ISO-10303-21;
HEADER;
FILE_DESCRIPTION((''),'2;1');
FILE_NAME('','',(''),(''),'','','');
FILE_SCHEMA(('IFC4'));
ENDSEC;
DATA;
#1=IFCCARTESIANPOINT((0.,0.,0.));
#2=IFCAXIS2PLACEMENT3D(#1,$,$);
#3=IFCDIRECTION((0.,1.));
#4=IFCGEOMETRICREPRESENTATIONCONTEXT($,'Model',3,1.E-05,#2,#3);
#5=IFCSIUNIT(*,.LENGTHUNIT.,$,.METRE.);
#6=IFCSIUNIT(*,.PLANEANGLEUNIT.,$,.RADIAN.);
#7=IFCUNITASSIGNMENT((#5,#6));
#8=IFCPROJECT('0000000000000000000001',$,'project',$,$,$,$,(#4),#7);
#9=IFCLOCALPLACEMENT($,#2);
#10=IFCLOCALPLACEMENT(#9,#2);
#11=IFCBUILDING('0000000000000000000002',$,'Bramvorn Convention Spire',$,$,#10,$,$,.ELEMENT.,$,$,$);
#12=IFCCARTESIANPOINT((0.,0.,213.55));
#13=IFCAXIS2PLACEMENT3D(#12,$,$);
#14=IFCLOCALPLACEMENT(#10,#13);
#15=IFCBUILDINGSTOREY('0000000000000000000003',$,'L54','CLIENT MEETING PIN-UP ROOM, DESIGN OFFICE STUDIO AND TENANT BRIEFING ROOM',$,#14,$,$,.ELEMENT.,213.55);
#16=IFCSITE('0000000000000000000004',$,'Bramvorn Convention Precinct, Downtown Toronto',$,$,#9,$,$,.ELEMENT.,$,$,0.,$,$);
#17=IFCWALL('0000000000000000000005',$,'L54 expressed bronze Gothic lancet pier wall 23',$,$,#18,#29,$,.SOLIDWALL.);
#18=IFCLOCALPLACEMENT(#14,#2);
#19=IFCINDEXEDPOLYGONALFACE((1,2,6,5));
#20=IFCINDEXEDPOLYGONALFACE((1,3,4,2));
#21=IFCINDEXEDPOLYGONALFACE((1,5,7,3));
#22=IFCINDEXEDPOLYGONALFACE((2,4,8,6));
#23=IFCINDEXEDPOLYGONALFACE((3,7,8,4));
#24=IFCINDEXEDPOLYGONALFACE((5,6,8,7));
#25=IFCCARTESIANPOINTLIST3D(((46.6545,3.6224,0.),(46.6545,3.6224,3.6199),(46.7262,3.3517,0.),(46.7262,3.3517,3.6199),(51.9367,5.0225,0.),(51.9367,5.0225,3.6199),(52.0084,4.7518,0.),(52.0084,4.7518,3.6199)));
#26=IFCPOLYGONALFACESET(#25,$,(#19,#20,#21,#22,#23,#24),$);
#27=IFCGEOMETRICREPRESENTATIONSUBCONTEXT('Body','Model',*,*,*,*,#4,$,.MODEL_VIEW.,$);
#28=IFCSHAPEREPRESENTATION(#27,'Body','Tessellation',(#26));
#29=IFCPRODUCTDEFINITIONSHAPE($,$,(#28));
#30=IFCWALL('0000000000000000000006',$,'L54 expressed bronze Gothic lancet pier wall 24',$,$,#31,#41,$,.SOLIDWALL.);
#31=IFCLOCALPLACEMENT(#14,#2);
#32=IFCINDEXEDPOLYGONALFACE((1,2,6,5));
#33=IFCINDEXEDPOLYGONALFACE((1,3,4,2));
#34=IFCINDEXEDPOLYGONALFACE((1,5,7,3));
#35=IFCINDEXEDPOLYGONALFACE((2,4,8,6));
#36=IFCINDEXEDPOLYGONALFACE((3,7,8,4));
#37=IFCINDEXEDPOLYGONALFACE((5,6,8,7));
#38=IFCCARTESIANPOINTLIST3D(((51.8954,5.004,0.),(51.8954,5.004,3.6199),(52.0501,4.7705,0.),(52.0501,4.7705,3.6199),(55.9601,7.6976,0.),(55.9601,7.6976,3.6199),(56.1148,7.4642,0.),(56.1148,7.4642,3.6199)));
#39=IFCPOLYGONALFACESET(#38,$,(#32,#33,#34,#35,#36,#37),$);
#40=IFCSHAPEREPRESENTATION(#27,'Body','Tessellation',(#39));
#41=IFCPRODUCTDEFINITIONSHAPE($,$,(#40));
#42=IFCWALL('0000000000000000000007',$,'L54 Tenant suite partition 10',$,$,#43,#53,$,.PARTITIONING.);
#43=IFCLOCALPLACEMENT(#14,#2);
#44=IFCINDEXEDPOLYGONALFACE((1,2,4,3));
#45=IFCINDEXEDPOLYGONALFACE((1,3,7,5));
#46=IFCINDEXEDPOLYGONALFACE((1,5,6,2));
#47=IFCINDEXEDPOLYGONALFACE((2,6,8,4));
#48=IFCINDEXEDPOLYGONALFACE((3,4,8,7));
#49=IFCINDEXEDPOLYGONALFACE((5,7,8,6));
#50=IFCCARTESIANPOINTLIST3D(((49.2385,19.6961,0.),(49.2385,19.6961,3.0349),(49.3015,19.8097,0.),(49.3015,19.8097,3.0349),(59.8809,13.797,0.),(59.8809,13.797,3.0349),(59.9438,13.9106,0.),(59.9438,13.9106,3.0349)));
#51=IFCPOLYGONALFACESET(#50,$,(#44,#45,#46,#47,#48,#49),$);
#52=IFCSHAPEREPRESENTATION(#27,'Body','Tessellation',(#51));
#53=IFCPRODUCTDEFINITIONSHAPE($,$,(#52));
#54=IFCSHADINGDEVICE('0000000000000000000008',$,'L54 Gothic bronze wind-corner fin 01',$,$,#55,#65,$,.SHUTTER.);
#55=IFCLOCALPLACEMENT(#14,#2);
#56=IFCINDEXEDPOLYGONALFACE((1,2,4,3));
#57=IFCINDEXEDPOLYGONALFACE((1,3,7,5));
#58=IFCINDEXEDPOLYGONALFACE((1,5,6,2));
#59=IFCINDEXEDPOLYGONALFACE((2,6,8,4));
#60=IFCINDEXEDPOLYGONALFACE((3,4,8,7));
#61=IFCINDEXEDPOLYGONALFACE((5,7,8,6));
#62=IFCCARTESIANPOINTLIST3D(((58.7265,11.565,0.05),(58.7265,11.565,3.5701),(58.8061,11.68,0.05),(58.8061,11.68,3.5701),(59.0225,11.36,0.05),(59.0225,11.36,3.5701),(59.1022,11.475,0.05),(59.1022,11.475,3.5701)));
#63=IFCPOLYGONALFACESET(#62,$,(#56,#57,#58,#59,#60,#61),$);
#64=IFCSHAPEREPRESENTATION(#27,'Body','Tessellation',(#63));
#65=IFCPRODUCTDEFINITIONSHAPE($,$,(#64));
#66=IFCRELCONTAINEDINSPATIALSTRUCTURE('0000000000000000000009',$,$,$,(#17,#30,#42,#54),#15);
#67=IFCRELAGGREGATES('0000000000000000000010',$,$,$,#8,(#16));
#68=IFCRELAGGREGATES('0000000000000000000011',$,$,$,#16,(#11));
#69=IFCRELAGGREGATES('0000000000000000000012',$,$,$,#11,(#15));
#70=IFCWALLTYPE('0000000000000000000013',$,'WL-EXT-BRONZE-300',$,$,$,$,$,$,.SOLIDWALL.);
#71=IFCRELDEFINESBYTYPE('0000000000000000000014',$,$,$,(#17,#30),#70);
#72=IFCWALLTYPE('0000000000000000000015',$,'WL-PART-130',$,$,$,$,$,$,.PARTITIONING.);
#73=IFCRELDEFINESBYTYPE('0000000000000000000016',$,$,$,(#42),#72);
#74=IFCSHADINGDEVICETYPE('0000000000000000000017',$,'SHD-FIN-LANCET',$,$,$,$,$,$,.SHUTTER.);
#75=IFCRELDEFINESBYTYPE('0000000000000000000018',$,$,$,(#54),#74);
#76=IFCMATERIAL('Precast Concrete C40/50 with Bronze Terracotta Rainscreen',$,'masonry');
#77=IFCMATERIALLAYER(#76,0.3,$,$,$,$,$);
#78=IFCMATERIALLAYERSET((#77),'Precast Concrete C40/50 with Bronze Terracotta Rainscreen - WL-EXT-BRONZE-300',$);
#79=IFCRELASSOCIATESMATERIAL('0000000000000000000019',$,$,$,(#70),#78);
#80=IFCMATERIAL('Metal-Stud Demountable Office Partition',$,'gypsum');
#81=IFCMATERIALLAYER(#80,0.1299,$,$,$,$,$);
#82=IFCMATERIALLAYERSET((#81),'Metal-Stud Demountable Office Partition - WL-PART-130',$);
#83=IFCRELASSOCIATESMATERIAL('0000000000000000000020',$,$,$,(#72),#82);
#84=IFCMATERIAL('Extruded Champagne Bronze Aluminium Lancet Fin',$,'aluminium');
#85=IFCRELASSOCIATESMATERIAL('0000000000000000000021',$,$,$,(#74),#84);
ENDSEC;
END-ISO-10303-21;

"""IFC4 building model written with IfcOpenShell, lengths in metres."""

from ifc_helpers import new_model, si_unit, direction, frame, frame_2d, origin, origin_2d, place, context, subcontext, project, spatial, rectangle, extrude, material, layer, layer_set, type_object, element, save


model = new_model("IFC4")

# Units and contexts
model_context = context("Model", 3, precision=1e-05, world=origin(), true_north=direction((0.0, 1.0)))
body_context = subcontext(model_context, "Body", "Model", "MODEL_VIEW")
ifc_project = project(units=[si_unit("LENGTHUNIT", "METRE"), si_unit("PLANEANGLEUNIT", "RADIAN")], contexts=[model_context])

# Site, building, storey
site_placement = place(None, origin())
site = spatial("IfcSite", under=ifc_project, at=site_placement, Name="Bramvorn Convention Precinct, Downtown Toronto", CompositionType="ELEMENT", RefElevation=0.0)
building_placement = place(site_placement, origin())
building = spatial("IfcBuilding", under=site, at=building_placement, Name="Bramvorn Convention Spire", CompositionType="ELEMENT")
storey_placement = place(building_placement, frame((0.0, 0.0, 213.55)))
storey = spatial("IfcBuildingStorey", under=building, at=storey_placement, Name="L54", Description="CLIENT MEETING PIN-UP ROOM, DESIGN OFFICE STUDIO AND TENANT BRIEFING ROOM", CompositionType="ELEMENT", Elevation=213.55)

# Walls
ifc_material_1 = material(Name="Precast Concrete C40/50 with Bronze Terracotta Rainscreen", Category="masonry")
ifc_layer_1 = layer(ifc_material_1, 0.3)
ifc_layer_set_1 = layer_set([ifc_layer_1], Name="Precast Concrete C40/50 with Bronze Terracotta Rainscreen - WL-EXT-BRONZE-300")
wall_type_1 = type_object("IfcWallType", Name="WL-EXT-BRONZE-300", PredefinedType="SOLIDWALL", material=ifc_layer_set_1)
wall_1_placement = place(storey_placement, frame((51.9727, 4.8872, 0.0), z_axis=(0.0, 0.0, 1.0), x_axis=(-0.966619, -0.256219, 0.0)))
element("IfcWall", 1, at=wall_1_placement, inside=storey, type_object=wall_type_1, Name="L54 expressed bronze Gothic lancet pier wall 23", PredefinedType="SOLIDWALL", context=body_context, shape_type="SweptSolid", body=[
    extrude(rectangle(XDim=5.4646, YDim=0.28, at=frame_2d((2.7324, 0.0))), origin(), (0.0, 0.0, 1.0), 3.6199),
])
wall_2_placement = place(storey_placement, frame((56.0374, 7.5808, 0.0), z_axis=(0.0, 0.0, 1.0), x_axis=(-0.83358, -0.552399, 0.0)))
element("IfcWall", 2, at=wall_2_placement, inside=storey, type_object=wall_type_1, Name="L54 expressed bronze Gothic lancet pier wall 24", PredefinedType="SOLIDWALL", context=body_context, shape_type="SweptSolid", body=[
    extrude(rectangle(XDim=4.8762, YDim=0.28, at=frame_2d((2.438, 0.0))), origin(), (0.0, 0.0, 1.0), 3.6199),
])
ifc_material_2 = material(Name="Metal-Stud Demountable Office Partition", Category="gypsum")
ifc_layer_2 = layer(ifc_material_2, 0.1299)
ifc_layer_set_2 = layer_set([ifc_layer_2], Name="Metal-Stud Demountable Office Partition - WL-PART-130")
wall_type_2 = type_object("IfcWallType", Name="WL-PART-130", PredefinedType="PARTITIONING", material=ifc_layer_set_2)
wall_3_placement = place(storey_placement, frame((49.27, 19.7529, 0.0), z_axis=(0.0, 0.0, 1.0), x_axis=(0.874619, -0.484811, 0.0)))
element("IfcWall", 3, at=wall_3_placement, inside=storey, type_object=wall_type_2, Name="L54 Tenant suite partition 10", PredefinedType="PARTITIONING", context=body_context, shape_type="SweptSolid", body=[
    extrude(rectangle(XDim=12.168, YDim=0.1299, at=frame_2d((6.084, 0.0))), origin(), (0.0, 0.0, 1.0), 3.0349),
])

# Shading device
ifc_material_3 = material(Name="Extruded Champagne Bronze Aluminium Lancet Fin", Category="aluminium")
shading_device_type = type_object("IfcShadingDeviceType", Name="SHD-FIN-LANCET", PredefinedType="SHUTTER", material=ifc_material_3)
shading_device_placement = place(storey_placement, frame((58.9143, 11.52, 0.05), z_axis=(0.0, 0.0, 1.0), x_axis=(0.822176, -0.569234, 0.0)))
element("IfcShadingDevice", 4, at=shading_device_placement, inside=storey, type_object=shading_device_type, Name="L54 Gothic bronze wind-corner fin 01", PredefinedType="SHUTTER", context=body_context, shape_type="SweptSolid", body=[
    extrude(rectangle(XDim=0.3601, YDim=0.1399, at=origin_2d()), origin(), (0.0, 0.0, 1.0), 3.52),
])

save(model, "model.ifc")
